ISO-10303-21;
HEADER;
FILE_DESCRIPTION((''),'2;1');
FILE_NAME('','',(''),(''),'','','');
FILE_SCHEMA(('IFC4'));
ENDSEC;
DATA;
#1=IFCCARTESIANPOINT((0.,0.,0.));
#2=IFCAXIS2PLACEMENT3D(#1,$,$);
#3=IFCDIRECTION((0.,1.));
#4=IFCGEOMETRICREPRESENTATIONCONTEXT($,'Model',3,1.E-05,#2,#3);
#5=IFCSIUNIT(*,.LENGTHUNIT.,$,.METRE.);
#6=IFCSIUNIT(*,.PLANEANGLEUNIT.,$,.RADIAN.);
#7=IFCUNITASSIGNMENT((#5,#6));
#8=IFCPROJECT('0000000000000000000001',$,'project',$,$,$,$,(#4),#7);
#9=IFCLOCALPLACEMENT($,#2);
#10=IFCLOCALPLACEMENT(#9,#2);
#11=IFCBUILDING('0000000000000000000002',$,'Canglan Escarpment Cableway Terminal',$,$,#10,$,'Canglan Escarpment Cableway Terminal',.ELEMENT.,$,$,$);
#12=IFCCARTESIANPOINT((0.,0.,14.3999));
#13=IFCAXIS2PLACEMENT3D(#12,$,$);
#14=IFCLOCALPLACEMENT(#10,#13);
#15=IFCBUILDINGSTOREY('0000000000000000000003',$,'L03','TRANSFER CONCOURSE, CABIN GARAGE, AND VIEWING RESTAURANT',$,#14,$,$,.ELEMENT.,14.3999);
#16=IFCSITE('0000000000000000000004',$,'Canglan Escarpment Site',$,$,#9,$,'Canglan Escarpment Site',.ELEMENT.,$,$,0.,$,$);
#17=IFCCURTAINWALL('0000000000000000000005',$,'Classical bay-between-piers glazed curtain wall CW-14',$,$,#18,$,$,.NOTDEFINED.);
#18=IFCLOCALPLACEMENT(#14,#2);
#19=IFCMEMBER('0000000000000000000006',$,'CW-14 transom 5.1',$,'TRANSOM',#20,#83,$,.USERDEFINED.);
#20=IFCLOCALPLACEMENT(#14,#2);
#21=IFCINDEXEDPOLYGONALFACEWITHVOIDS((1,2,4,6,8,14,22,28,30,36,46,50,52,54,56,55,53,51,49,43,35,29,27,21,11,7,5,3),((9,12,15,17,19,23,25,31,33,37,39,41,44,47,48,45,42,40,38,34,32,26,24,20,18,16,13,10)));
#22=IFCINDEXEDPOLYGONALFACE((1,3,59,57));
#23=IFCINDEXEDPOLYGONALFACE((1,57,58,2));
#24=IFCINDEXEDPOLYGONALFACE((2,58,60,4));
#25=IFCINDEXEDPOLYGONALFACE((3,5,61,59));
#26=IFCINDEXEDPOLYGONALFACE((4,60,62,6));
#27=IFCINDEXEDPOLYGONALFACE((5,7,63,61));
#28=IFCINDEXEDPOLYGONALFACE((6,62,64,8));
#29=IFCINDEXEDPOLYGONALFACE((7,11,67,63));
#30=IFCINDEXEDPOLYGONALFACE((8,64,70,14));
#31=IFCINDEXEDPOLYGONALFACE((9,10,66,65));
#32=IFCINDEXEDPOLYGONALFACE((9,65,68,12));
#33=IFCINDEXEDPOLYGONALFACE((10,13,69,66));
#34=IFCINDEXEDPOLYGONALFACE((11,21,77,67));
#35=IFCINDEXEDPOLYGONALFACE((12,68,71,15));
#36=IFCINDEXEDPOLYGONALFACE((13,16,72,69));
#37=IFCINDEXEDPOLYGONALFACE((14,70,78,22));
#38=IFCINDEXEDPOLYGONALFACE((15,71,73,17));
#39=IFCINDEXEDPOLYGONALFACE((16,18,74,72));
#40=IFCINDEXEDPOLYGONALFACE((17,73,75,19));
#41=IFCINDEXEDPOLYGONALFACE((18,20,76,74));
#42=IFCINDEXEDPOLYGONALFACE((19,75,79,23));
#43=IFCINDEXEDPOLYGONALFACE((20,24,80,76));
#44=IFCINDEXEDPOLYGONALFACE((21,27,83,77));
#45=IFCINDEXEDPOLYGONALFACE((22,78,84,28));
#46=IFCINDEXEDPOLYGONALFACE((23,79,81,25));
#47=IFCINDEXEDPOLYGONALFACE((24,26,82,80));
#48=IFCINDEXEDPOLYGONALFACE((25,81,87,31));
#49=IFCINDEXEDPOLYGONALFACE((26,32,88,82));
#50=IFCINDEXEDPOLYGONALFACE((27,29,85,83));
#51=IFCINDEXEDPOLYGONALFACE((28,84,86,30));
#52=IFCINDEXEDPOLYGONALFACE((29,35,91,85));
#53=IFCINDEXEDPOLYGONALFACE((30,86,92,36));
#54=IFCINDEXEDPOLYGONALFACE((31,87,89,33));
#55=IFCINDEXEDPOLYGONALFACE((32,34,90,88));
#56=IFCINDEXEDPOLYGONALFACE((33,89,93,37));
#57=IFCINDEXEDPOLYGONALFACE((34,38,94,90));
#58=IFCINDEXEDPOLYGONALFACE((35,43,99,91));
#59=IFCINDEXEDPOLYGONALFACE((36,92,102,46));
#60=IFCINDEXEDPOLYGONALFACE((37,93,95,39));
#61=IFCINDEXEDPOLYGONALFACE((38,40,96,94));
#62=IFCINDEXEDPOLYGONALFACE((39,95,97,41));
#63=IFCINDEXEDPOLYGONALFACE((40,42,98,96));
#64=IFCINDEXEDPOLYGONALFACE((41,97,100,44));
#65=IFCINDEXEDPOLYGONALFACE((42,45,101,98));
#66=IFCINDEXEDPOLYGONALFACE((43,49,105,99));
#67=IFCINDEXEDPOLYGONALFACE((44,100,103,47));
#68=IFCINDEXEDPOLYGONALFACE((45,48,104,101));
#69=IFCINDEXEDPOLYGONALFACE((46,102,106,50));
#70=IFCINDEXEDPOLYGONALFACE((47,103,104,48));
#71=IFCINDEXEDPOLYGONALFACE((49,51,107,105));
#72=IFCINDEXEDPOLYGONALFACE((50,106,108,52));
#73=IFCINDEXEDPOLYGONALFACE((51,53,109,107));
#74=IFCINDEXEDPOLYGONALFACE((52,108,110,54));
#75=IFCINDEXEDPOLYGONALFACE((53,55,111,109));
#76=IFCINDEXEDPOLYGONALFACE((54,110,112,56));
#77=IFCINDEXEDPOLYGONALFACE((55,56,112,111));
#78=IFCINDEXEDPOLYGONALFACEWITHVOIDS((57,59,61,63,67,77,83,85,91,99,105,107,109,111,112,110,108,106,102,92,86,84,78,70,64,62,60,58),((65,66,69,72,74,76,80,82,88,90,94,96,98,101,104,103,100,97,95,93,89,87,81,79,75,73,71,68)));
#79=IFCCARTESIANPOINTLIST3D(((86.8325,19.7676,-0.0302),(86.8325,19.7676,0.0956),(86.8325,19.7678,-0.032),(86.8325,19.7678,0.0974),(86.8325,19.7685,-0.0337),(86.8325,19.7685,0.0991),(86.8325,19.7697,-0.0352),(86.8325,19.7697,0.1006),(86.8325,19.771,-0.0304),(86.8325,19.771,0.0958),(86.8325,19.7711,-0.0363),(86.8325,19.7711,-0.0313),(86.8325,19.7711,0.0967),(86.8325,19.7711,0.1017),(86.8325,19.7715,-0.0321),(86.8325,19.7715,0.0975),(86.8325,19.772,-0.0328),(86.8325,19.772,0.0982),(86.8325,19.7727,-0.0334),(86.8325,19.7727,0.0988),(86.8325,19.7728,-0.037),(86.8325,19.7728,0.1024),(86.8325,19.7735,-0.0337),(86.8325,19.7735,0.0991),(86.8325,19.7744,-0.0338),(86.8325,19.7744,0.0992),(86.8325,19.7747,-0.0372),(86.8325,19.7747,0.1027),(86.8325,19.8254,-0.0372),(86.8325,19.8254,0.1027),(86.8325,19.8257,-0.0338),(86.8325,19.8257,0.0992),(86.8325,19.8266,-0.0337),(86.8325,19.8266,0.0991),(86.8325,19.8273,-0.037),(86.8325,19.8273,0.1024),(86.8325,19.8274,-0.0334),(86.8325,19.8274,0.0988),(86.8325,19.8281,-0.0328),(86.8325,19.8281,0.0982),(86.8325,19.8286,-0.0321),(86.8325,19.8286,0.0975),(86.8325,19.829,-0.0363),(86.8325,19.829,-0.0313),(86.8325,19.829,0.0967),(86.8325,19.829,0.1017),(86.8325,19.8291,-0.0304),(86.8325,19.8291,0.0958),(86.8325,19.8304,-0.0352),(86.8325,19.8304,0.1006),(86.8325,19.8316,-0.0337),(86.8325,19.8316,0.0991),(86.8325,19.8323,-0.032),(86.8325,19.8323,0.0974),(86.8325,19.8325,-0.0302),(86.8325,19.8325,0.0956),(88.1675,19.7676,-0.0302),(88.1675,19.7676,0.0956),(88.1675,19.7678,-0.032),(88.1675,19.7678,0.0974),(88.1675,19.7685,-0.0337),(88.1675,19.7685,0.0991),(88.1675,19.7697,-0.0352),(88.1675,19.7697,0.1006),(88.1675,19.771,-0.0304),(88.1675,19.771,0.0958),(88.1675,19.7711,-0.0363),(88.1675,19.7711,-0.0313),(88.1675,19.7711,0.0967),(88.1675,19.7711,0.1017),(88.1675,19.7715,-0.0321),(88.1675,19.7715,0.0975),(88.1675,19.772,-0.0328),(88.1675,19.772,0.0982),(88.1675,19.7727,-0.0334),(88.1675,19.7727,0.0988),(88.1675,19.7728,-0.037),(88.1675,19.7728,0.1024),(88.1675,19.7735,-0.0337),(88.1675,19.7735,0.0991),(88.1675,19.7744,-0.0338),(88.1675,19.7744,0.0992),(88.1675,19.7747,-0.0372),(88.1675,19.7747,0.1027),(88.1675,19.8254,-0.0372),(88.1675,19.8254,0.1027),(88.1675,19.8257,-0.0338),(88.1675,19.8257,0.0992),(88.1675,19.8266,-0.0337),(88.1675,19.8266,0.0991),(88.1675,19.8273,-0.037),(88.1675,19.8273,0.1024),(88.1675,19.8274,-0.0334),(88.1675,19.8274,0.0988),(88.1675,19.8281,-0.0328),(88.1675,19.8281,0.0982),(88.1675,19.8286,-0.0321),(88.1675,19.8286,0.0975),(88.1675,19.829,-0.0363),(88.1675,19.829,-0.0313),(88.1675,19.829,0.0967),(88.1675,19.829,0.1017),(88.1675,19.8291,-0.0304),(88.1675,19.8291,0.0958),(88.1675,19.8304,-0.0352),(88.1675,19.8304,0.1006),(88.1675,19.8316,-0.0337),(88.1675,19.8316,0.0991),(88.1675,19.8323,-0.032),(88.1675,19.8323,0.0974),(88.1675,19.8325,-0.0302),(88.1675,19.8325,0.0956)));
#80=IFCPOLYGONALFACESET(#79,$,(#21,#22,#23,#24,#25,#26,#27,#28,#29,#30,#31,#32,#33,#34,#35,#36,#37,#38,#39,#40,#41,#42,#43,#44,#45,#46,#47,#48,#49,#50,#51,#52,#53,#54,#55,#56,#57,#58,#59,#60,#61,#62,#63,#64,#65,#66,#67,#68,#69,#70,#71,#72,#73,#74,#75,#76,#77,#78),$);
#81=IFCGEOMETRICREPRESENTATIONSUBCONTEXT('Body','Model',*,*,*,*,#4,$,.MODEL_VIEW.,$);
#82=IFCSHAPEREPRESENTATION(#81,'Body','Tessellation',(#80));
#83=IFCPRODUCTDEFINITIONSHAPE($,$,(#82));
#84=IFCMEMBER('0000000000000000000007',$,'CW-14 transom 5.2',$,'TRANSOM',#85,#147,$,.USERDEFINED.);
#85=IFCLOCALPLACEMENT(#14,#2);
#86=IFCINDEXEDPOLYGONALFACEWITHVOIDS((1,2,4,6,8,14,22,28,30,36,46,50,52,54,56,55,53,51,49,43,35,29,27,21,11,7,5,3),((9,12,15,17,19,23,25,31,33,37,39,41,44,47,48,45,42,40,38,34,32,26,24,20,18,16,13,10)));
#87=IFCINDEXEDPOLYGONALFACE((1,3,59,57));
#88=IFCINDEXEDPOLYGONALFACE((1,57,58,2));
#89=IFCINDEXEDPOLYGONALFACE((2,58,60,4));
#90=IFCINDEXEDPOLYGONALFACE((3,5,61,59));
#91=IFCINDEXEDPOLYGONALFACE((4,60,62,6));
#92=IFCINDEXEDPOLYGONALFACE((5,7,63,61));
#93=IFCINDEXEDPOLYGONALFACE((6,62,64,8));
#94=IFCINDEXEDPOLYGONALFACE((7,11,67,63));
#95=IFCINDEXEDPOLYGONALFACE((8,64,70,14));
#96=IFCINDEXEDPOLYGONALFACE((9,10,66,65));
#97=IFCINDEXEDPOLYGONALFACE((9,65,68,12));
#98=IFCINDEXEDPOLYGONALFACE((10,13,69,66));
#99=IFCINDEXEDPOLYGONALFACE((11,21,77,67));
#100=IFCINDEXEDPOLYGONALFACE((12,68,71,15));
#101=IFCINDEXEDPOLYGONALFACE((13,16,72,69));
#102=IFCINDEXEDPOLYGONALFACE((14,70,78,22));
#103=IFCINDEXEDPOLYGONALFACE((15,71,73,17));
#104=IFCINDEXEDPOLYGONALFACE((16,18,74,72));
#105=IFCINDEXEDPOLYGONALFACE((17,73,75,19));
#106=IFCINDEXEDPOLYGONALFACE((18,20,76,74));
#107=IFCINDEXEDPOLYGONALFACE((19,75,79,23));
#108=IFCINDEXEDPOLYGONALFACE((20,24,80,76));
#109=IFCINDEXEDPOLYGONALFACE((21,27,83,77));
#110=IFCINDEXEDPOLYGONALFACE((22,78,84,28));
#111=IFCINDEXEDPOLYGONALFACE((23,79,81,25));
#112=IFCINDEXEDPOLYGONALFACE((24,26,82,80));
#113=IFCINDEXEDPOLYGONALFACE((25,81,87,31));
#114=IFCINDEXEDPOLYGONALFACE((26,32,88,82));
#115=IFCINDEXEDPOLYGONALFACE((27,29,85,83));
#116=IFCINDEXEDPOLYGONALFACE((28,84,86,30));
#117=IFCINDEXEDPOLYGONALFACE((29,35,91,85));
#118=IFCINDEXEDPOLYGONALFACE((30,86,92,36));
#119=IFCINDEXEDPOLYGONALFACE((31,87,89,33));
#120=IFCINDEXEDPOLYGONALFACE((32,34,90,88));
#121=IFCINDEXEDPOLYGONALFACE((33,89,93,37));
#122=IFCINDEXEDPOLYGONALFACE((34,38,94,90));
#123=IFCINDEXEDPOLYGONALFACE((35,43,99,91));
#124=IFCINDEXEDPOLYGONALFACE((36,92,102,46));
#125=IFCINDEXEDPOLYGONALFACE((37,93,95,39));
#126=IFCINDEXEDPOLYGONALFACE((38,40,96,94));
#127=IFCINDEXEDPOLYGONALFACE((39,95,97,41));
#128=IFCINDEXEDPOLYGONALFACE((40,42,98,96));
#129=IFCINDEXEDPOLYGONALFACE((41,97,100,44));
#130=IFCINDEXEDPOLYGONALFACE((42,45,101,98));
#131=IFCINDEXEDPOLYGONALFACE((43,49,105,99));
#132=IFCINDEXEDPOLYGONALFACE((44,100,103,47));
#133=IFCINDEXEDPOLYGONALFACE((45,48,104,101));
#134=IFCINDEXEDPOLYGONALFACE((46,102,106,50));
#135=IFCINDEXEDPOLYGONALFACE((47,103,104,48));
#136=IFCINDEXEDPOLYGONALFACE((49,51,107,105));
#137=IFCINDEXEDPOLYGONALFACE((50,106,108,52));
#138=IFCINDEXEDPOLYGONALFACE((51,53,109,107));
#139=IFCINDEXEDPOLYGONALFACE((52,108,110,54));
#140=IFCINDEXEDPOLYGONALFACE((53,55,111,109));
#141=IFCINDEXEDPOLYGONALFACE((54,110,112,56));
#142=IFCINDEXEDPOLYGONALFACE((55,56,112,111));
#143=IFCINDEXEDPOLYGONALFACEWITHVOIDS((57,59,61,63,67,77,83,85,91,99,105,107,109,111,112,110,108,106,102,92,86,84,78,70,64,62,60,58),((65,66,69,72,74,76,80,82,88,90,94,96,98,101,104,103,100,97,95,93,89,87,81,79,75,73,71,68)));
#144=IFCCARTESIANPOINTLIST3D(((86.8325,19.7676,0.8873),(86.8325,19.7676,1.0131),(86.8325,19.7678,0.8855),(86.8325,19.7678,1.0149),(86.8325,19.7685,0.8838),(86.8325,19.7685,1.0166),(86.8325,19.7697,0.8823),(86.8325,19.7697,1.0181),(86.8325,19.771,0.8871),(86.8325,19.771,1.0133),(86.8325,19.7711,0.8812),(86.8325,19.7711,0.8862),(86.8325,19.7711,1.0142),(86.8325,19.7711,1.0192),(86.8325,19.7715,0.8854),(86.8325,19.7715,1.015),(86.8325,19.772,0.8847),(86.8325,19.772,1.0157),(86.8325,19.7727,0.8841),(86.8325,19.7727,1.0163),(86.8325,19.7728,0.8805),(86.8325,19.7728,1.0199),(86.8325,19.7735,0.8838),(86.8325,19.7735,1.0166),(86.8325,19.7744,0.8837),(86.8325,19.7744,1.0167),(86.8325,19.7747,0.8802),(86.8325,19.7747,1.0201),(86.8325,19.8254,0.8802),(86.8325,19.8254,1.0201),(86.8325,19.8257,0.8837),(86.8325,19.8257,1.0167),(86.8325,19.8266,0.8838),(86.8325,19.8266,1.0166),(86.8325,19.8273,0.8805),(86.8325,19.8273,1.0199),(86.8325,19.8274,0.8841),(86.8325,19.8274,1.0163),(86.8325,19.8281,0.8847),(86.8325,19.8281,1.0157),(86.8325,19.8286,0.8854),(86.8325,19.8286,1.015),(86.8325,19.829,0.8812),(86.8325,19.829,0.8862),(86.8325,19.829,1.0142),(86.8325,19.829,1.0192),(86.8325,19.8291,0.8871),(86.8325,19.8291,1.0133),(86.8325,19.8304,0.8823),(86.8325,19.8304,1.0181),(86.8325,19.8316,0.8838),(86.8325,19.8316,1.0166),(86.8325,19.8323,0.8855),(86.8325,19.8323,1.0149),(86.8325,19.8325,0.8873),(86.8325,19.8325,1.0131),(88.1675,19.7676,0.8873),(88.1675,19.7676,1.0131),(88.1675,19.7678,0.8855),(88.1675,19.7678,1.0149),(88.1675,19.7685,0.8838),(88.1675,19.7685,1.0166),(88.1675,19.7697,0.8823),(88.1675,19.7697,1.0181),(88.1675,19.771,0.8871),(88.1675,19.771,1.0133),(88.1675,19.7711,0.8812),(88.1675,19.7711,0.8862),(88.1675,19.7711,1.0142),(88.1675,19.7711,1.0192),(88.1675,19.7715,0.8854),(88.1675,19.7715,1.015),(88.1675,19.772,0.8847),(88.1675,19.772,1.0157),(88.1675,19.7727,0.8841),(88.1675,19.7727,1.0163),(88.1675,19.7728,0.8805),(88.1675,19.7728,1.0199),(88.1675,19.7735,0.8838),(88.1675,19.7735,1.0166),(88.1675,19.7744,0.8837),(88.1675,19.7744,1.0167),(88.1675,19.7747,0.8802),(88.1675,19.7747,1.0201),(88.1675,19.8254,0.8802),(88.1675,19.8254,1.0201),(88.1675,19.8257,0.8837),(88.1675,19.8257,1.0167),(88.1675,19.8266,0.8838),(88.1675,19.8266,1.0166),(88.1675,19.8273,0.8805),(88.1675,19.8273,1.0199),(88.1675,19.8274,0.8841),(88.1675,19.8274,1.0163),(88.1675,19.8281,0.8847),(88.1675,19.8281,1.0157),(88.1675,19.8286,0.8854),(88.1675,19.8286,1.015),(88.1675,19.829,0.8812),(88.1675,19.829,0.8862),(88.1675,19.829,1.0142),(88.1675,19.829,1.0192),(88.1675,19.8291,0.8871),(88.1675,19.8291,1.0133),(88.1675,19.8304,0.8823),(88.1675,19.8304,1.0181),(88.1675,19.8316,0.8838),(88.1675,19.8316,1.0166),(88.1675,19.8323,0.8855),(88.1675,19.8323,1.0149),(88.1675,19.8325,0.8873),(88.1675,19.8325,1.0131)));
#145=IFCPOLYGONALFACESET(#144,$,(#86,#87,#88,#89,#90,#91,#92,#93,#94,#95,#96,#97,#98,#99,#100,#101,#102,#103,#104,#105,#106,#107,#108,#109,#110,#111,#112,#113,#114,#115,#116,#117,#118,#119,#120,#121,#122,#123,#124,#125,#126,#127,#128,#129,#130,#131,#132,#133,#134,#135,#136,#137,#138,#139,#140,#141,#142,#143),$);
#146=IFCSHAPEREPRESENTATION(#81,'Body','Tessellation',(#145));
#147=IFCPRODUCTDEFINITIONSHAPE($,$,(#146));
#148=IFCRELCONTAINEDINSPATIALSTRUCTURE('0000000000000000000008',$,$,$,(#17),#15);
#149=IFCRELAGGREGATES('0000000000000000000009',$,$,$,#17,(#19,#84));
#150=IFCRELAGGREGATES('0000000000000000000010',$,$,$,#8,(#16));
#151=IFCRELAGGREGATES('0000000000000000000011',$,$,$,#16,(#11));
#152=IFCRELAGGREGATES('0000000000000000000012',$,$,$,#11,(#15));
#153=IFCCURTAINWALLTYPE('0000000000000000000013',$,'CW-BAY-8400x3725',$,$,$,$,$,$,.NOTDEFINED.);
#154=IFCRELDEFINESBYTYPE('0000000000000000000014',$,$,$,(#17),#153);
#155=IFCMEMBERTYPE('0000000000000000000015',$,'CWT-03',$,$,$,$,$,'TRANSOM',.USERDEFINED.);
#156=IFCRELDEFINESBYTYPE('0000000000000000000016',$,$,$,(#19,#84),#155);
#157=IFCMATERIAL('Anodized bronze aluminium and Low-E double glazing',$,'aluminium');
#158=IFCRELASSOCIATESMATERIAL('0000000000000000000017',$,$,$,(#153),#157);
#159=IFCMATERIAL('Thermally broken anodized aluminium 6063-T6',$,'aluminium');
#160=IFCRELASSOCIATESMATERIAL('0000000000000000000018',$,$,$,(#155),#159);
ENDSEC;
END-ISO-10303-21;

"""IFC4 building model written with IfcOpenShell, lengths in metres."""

from ifc_helpers import new_model, si_unit, direction, frame, origin, origin_2d, place, context, subcontext, project, spatial, hollow_rectangle, extrude, material, material_profile, profile_set, type_object, element, aggregate, save


model = new_model("IFC4")

# Units and contexts
model_context = context("Model", 3, precision=1e-05, world=origin(), true_north=direction((0.0, 1.0)))
body_context = subcontext(model_context, "Body", "Model", "MODEL_VIEW")
ifc_project = project(units=[si_unit("LENGTHUNIT", "METRE"), si_unit("PLANEANGLEUNIT", "RADIAN")], contexts=[model_context])

# Site, building, storey
site_placement = place(None, origin())
site = spatial("IfcSite", under=ifc_project, at=site_placement, Name="Canglan Escarpment Site", LongName="Canglan Escarpment Site", CompositionType="ELEMENT", RefElevation=0.0)
building_placement = place(site_placement, origin())
building = spatial("IfcBuilding", under=site, at=building_placement, Name="Canglan Escarpment Cableway Terminal", LongName="Canglan Escarpment Cableway Terminal", CompositionType="ELEMENT")
storey_placement = place(building_placement, frame((0.0, 0.0, 14.3999)))
storey = spatial("IfcBuildingStorey", under=building, at=storey_placement, Name="L03", Description="TRANSFER CONCOURSE, CABIN GARAGE, AND VIEWING RESTAURANT", CompositionType="ELEMENT", Elevation=14.3999)

# Curtain wall, members
ifc_material_1 = material(Name="Anodized bronze aluminium and Low-E double glazing", Category="aluminium")
curtain_wall_type = type_object("IfcCurtainWallType", Name="CW-BAY-8400x3725", PredefinedType="NOTDEFINED", material=ifc_material_1)
curtain_wall_placement = place(storey_placement, origin())
curtain_wall = element("IfcCurtainWall", 1, at=curtain_wall_placement, inside=storey, type_object=curtain_wall_type, Name="Classical bay-between-piers glazed curtain wall CW-14", PredefinedType="NOTDEFINED")
ifc_material_2 = material(Name="Thermally broken anodized aluminium 6063-T6", Category="aluminium")
ifc_material_profile_1 = material_profile(ifc_material_2, hollow_rectangle(XDim=0.0649, YDim=0.1399, WallThickness=0.0034, InnerFilletRadius=0.0034, OuterFilletRadius=0.0071, at=origin_2d()), Name="ALU-TRAN 65x140x3.5")
ifc_profile_set_1 = profile_set([ifc_material_profile_1], Name="Thermally broken anodized aluminium 6063-T6")
member_type_1 = type_object("IfcMemberType", Name="CWT-03", ElementType="TRANSOM", PredefinedType="USERDEFINED", material=ifc_profile_set_1)
member_1_placement = place(storey_placement, frame((88.1675, 19.8, 0.0327), z_axis=(-1.0, 0.0, 0.0), x_axis=(0.0, -1.0, 0.0)))
member_1 = element("IfcMember", 2, at=member_1_placement, type_object=member_type_1, Name="CW-14 transom 5.1", ObjectType="TRANSOM", PredefinedType="USERDEFINED", context=body_context, shape_type="SweptSolid", body=[
    extrude(hollow_rectangle(XDim=0.0649, YDim=0.1399, WallThickness=0.0034, InnerFilletRadius=0.0034, OuterFilletRadius=0.0071, at=origin_2d()), origin(), (0.0, 0.0, 1.0), 1.335),
])
member_2_placement = place(storey_placement, frame((88.1675, 19.8, 0.9502), z_axis=(-1.0, 0.0, 0.0), x_axis=(0.0, -1.0, 0.0)))
member_2 = element("IfcMember", 3, at=member_2_placement, type_object=member_type_1, Name="CW-14 transom 5.2", ObjectType="TRANSOM", PredefinedType="USERDEFINED", context=body_context, shape_type="SweptSolid", body=[
    extrude(hollow_rectangle(XDim=0.0649, YDim=0.1399, WallThickness=0.0034, InnerFilletRadius=0.0034, OuterFilletRadius=0.0071, at=origin_2d()), origin(), (0.0, 0.0, 1.0), 1.335),
])

aggregate(curtain_wall, [member_1, member_2])

save(model, "model.ifc")
